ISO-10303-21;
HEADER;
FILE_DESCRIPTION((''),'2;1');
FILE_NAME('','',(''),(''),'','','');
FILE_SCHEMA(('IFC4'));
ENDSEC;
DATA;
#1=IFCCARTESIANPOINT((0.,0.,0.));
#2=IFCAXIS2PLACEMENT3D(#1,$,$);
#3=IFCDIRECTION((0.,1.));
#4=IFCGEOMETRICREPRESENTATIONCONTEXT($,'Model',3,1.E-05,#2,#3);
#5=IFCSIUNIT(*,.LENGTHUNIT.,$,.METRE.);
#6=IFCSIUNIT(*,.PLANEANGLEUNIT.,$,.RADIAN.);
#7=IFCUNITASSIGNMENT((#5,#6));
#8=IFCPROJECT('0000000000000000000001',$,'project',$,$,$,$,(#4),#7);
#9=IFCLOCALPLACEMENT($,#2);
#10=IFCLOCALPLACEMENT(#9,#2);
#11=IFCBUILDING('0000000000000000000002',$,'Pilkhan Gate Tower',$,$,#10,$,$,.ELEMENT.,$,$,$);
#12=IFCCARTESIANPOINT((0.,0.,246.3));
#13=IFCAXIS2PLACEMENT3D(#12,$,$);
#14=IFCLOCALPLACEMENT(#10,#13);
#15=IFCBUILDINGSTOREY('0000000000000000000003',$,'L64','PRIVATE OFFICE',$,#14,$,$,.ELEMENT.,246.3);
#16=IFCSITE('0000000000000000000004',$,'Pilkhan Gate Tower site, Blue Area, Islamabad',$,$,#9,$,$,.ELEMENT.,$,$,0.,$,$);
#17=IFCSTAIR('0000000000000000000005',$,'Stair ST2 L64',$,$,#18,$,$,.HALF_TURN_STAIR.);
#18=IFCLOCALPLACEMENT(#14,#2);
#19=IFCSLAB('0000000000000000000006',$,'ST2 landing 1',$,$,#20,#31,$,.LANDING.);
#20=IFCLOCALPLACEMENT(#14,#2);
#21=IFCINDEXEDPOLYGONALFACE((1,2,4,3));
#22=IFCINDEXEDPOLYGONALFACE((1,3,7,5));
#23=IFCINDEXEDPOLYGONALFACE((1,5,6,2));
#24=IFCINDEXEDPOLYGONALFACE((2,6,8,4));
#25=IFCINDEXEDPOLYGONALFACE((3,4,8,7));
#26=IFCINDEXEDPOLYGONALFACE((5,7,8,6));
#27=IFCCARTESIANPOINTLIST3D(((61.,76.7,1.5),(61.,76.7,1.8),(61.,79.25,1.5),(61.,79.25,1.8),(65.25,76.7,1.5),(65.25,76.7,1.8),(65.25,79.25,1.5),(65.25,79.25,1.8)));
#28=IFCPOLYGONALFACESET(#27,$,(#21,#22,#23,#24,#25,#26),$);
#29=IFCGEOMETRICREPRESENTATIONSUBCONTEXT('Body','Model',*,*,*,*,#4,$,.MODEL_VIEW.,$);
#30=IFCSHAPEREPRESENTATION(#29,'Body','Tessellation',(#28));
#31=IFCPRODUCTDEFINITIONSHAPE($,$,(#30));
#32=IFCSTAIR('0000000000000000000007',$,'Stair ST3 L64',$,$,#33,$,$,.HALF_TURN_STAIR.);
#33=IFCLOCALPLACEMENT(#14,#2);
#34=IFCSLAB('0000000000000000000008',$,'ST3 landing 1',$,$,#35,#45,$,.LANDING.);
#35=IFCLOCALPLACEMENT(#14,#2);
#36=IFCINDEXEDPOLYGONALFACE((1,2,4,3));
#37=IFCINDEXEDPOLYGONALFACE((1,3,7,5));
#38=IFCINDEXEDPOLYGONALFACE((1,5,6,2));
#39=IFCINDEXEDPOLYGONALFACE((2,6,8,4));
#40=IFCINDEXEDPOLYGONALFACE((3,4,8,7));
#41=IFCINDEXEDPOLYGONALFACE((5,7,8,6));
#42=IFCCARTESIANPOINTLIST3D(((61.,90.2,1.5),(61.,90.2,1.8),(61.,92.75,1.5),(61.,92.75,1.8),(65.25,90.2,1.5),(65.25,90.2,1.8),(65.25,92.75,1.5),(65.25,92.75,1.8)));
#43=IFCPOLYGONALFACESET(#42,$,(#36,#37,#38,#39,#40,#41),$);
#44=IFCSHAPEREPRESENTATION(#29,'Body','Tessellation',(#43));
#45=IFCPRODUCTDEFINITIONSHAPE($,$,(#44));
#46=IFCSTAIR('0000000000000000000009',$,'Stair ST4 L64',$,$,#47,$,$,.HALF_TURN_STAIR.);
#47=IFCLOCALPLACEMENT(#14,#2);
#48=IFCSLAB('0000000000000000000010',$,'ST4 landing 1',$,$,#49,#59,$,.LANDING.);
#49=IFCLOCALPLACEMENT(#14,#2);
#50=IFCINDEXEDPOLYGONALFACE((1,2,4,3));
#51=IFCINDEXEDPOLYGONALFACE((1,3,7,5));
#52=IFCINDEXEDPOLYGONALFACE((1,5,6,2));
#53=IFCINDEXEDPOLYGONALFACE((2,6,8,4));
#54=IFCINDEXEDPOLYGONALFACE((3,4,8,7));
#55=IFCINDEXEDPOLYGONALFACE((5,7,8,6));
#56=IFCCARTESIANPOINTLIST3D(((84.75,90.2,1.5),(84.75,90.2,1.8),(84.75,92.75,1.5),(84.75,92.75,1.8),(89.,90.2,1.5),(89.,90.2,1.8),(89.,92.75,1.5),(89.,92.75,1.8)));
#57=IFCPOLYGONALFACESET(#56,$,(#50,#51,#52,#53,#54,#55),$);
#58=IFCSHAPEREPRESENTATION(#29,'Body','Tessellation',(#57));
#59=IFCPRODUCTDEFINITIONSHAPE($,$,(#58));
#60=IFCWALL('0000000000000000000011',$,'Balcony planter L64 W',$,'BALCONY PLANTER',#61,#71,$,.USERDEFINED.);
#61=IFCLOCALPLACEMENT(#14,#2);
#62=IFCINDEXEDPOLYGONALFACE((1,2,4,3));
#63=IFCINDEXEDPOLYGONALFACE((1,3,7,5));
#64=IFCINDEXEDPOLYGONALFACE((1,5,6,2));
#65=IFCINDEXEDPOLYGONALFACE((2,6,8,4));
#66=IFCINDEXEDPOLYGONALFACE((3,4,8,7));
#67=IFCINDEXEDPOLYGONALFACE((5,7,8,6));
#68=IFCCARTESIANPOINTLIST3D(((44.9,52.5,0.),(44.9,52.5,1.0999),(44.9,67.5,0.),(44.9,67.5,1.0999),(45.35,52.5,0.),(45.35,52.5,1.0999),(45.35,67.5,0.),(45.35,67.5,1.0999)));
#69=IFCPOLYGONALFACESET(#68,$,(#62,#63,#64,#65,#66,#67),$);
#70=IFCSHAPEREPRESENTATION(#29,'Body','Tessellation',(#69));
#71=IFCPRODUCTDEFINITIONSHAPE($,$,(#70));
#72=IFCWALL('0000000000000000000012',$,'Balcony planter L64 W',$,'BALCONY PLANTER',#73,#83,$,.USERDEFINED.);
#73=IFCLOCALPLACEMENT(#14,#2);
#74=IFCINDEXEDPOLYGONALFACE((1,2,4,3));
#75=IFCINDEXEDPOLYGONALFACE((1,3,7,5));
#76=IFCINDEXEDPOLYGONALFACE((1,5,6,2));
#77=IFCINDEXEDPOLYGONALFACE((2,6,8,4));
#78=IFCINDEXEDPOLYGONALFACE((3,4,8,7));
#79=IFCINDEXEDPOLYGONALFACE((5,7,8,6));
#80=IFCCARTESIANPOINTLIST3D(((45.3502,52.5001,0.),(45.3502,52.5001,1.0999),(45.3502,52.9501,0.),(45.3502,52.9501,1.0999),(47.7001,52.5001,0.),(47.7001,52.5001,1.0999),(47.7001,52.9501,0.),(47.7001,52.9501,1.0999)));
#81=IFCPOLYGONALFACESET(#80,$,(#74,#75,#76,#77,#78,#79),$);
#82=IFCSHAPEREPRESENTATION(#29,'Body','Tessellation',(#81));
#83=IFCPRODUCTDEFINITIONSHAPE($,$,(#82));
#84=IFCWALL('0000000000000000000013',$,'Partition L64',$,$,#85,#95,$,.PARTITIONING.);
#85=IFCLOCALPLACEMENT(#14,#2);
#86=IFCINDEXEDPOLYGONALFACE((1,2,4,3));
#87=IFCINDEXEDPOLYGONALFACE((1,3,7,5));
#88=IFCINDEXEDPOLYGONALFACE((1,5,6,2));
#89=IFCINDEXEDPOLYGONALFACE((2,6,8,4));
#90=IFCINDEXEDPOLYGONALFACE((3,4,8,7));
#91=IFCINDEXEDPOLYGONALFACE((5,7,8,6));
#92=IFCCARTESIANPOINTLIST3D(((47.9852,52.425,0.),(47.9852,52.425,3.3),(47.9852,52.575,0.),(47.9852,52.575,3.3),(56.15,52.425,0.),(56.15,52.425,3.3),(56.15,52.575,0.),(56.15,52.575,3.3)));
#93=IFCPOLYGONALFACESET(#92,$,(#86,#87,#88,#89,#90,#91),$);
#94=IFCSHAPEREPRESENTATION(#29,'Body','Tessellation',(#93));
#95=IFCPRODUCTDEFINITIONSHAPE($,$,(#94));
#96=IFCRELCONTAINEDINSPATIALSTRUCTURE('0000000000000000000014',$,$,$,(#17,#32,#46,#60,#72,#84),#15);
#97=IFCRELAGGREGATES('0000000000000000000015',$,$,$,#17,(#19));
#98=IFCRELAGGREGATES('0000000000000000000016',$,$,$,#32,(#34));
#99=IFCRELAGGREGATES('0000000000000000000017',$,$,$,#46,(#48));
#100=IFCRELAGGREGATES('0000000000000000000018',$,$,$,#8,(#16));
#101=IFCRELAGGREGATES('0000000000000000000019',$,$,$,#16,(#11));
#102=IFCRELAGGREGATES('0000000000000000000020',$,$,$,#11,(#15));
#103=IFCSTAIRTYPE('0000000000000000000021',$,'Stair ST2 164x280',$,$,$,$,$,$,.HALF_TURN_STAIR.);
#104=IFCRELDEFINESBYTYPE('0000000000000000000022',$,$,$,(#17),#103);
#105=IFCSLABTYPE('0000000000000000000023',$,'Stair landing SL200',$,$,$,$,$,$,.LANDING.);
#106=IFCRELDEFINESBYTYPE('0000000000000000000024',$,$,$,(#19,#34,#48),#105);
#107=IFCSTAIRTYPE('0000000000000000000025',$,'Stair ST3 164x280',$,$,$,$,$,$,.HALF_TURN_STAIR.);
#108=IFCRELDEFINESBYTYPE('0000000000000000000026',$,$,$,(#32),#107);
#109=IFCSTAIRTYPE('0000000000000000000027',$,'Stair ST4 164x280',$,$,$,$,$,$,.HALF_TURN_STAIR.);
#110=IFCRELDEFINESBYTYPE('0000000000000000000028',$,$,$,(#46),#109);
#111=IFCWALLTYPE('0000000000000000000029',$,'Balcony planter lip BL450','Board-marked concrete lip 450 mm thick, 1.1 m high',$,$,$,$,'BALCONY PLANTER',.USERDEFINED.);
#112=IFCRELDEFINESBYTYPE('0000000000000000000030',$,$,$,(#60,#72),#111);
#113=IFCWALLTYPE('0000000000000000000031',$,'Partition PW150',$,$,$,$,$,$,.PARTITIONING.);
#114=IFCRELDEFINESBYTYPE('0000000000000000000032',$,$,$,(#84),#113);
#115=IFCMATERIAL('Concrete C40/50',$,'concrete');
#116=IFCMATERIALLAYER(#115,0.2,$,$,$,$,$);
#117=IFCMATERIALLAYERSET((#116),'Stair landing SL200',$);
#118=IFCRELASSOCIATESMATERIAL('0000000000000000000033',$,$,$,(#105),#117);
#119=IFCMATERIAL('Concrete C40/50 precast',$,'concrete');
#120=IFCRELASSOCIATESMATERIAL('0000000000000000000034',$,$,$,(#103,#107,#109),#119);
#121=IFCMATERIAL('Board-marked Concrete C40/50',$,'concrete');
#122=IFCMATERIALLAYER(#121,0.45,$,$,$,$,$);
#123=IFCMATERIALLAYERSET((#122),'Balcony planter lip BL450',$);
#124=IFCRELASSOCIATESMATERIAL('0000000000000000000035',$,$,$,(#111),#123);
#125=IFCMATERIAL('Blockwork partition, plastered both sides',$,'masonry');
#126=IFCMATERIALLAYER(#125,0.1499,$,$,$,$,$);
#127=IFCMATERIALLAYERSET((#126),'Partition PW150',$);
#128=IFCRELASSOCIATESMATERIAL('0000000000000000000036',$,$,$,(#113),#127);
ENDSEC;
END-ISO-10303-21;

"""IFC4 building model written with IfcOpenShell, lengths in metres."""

from ifc_helpers import new_model, si_unit, direction, frame, frame_2d, origin, place, context, subcontext, project, spatial, polyline, rectangle, outline, extrude, material, layer, layer_set, type_object, element, aggregate, save


model = new_model("IFC4")

# Units and contexts
model_context = context("Model", 3, precision=1e-05, world=origin(), true_north=direction((0.0, 1.0)))
body_context = subcontext(model_context, "Body", "Model", "MODEL_VIEW")
ifc_project = project(units=[si_unit("LENGTHUNIT", "METRE"), si_unit("PLANEANGLEUNIT", "RADIAN")], contexts=[model_context])

# Site, building, storey
site_placement = place(None, origin())
site = spatial("IfcSite", under=ifc_project, at=site_placement, Name="Pilkhan Gate Tower site, Blue Area, Islamabad", CompositionType="ELEMENT", RefElevation=0.0)
building_placement = place(site_placement, origin())
building = spatial("IfcBuilding", under=site, at=building_placement, Name="Pilkhan Gate Tower", CompositionType="ELEMENT")
storey_placement = place(building_placement, frame((0.0, 0.0, 246.3)))
storey = spatial("IfcBuildingStorey", under=building, at=storey_placement, Name="L64", Description="PRIVATE OFFICE", CompositionType="ELEMENT", Elevation=246.3)

# Shared definitions
ifc_material_1 = material(Name="Concrete C40/50", Category="concrete")

# Stairs, slabs
ifc_material_2 = material(Name="Concrete C40/50 precast", Category="concrete")
ifc_layer_1 = layer(ifc_material_1, 0.2)
ifc_layer_set_1 = layer_set([ifc_layer_1], Name="Stair landing SL200")
slab_type_1 = type_object("IfcSlabType", Name="Stair landing SL200", PredefinedType="LANDING", material=ifc_layer_set_1)
stair_type_1 = type_object("IfcStairType", Name="Stair ST2 164x280", PredefinedType="HALF_TURN_STAIR", material=ifc_material_2)
stair_1_placement = place(storey_placement, origin())
stair_1 = element("IfcStair", 1, at=stair_1_placement, inside=storey, type_object=stair_type_1, Name="Stair ST2 L64", PredefinedType="HALF_TURN_STAIR")
slab_1_placement = place(storey_placement, frame((0.0, 0.0, 1.5)))
slab_1 = element("IfcSlab", 2, at=slab_1_placement, type_object=slab_type_1, Name="ST2 landing 1", PredefinedType="LANDING", context=body_context, shape_type="SweptSolid", body=[
    extrude(outline(polyline([(65.25, 76.7), (65.25, 79.25), (61.0, 79.25), (61.0, 76.7), (65.25, 76.7)])), origin(), (0.0, 0.0, 1.0), 0.3),
])
aggregate(stair_1, [slab_1])
stair_type_2 = type_object("IfcStairType", Name="Stair ST3 164x280", PredefinedType="HALF_TURN_STAIR", material=ifc_material_2)
stair_2_placement = place(storey_placement, origin())
stair_2 = element("IfcStair", 3, at=stair_2_placement, inside=storey, type_object=stair_type_2, Name="Stair ST3 L64", PredefinedType="HALF_TURN_STAIR")
slab_2_placement = place(storey_placement, frame((0.0, 0.0, 1.5)))
slab_2 = element("IfcSlab", 4, at=slab_2_placement, type_object=slab_type_1, Name="ST3 landing 1", PredefinedType="LANDING", context=body_context, shape_type="SweptSolid", body=[
    extrude(outline(polyline([(65.25, 90.2), (65.25, 92.75), (61.0, 92.75), (61.0, 90.2), (65.25, 90.2)])), origin(), (0.0, 0.0, 1.0), 0.3),
])
aggregate(stair_2, [slab_2])
stair_type_3 = type_object("IfcStairType", Name="Stair ST4 164x280", PredefinedType="HALF_TURN_STAIR", material=ifc_material_2)
stair_3_placement = place(storey_placement, origin())
stair_3 = element("IfcStair", 5, at=stair_3_placement, inside=storey, type_object=stair_type_3, Name="Stair ST4 L64", PredefinedType="HALF_TURN_STAIR")
slab_3_placement = place(storey_placement, frame((0.0, 0.0, 1.5)))
slab_3 = element("IfcSlab", 6, at=slab_3_placement, type_object=slab_type_1, Name="ST4 landing 1", PredefinedType="LANDING", context=body_context, shape_type="SweptSolid", body=[
    extrude(outline(polyline([(89.0, 90.2), (89.0, 92.75), (84.75, 92.75), (84.75, 90.2), (89.0, 90.2)])), origin(), (0.0, 0.0, 1.0), 0.3),
])
aggregate(stair_3, [slab_3])

# Walls
ifc_material_3 = material(Name="Board-marked Concrete C40/50", Category="concrete")
ifc_layer_2 = layer(ifc_material_3, 0.45)
ifc_layer_set_2 = layer_set([ifc_layer_2], Name="Balcony planter lip BL450")
wall_type_1 = type_object("IfcWallType", Name="Balcony planter lip BL450", Description="Board-marked concrete lip 450 mm thick, 1.1 m high", ElementType="BALCONY PLANTER", PredefinedType="USERDEFINED", material=ifc_layer_set_2)
wall_1_placement = place(storey_placement, frame((45.125, 52.5, 0.0), z_axis=(0.0, 0.0, 1.0), x_axis=(0.0, 1.0, 0.0)))
element("IfcWall", 7, at=wall_1_placement, inside=storey, type_object=wall_type_1, Name="Balcony planter L64 W", ObjectType="BALCONY PLANTER", PredefinedType="USERDEFINED", context=body_context, shape_type="SweptSolid", body=[
    extrude(rectangle(XDim=15.0, YDim=0.45, at=frame_2d((7.5, 0.0))), origin(), (0.0, 0.0, 1.0), 1.0999),
])
wall_2_placement = place(storey_placement, frame((47.7, 52.7251, 0.0), z_axis=(0.0, 0.0, 1.0), x_axis=(-1.0, 0.0, 0.0)))
element("IfcWall", 8, at=wall_2_placement, inside=storey, type_object=wall_type_1, Name="Balcony planter L64 W", ObjectType="BALCONY PLANTER", PredefinedType="USERDEFINED", context=body_context, shape_type="SweptSolid", body=[
    extrude(rectangle(XDim=2.3499, YDim=0.45, at=frame_2d((1.1748, 0.0))), origin(), (0.0, 0.0, 1.0), 1.0999),
])
ifc_material_4 = material(Name="Blockwork partition, plastered both sides", Category="masonry")
ifc_layer_3 = layer(ifc_material_4, 0.1499)
ifc_layer_set_3 = layer_set([ifc_layer_3], Name="Partition PW150")
wall_type_2 = type_object("IfcWallType", Name="Partition PW150", PredefinedType="PARTITIONING", material=ifc_layer_set_3)
wall_3_placement = place(storey_placement, frame((47.9851, 52.5, 0.0), z_axis=(0.0, 0.0, 1.0), x_axis=(1.0, 0.0, 0.0)))
element("IfcWall", 9, at=wall_3_placement, inside=storey, type_object=wall_type_2, Name="Partition L64", PredefinedType="PARTITIONING", context=body_context, shape_type="SweptSolid", body=[
    extrude(rectangle(XDim=8.1648, YDim=0.1499, at=frame_2d((4.0825, 0.0))), origin(), (0.0, 0.0, 1.0), 3.3),
])

save(model, "model.ifc")
